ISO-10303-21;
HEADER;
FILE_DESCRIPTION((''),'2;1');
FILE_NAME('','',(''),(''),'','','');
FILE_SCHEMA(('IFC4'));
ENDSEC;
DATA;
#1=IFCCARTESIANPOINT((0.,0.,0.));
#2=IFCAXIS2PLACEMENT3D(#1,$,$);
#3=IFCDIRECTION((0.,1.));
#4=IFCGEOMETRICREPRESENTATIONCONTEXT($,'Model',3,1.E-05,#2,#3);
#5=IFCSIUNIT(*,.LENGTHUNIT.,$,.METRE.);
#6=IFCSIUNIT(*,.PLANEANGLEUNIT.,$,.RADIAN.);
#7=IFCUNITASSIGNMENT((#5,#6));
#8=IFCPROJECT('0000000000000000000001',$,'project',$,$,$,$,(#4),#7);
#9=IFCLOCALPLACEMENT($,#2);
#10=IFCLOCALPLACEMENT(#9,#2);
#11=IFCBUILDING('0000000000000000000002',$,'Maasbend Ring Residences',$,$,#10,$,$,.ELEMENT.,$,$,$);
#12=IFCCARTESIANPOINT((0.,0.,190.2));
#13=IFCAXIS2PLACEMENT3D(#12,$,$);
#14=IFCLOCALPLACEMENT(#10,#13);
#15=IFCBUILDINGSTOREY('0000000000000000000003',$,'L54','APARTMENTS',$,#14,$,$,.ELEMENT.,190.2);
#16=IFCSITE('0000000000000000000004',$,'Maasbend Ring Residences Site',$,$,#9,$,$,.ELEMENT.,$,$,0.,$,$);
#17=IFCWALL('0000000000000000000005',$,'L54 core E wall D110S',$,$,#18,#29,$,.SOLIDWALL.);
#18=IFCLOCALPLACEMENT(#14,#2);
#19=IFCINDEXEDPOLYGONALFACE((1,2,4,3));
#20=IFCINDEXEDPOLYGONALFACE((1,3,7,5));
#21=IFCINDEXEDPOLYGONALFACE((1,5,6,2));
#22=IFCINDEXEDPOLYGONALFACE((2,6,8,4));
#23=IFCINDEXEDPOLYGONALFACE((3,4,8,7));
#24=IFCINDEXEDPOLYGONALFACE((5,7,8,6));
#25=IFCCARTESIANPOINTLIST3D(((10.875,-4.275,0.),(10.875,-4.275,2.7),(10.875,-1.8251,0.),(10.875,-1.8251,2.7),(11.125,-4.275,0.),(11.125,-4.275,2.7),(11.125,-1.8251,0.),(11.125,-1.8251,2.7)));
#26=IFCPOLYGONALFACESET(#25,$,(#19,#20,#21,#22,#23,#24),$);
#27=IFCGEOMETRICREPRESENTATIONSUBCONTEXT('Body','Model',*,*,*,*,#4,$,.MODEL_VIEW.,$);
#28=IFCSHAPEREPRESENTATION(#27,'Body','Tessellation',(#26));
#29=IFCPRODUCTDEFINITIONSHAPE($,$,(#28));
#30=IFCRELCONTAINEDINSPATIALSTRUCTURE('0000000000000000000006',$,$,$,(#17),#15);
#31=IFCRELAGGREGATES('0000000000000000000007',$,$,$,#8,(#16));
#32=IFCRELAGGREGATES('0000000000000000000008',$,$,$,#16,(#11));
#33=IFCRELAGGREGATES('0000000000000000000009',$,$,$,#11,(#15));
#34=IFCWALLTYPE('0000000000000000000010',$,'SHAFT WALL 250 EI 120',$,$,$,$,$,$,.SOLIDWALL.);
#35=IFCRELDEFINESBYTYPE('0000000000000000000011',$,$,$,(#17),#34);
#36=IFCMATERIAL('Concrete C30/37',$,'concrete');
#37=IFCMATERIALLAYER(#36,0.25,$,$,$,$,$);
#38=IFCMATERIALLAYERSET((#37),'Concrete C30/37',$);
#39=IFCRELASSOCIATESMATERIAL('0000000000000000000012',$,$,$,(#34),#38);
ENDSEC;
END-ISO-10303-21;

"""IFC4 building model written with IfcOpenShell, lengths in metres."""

from ifc_helpers import new_model, si_unit, direction, frame, frame_2d, origin, place, context, subcontext, project, spatial, rectangle, extrude, material, layer, layer_set, type_object, element, save


model = new_model("IFC4")

# Units and contexts
model_context = context("Model", 3, precision=1e-05, world=origin(), true_north=direction((0.0, 1.0)))
body_context = subcontext(model_context, "Body", "Model", "MODEL_VIEW")
ifc_project = project(units=[si_unit("LENGTHUNIT", "METRE"), si_unit("PLANEANGLEUNIT", "RADIAN")], contexts=[model_context])

# Site, building, storey
site_placement = place(None, origin())
site = spatial("IfcSite", under=ifc_project, at=site_placement, Name="Maasbend Ring Residences Site", CompositionType="ELEMENT", RefElevation=0.0)
building_placement = place(site_placement, origin())
building = spatial("IfcBuilding", under=site, at=building_placement, Name="Maasbend Ring Residences", CompositionType="ELEMENT")
storey_placement = place(building_placement, frame((0.0, 0.0, 190.2)))
storey = spatial("IfcBuildingStorey", under=building, at=storey_placement, Name="L54", Description="APARTMENTS", CompositionType="ELEMENT", Elevation=190.2)

# Wall
ifc_material_1 = material(Name="Concrete C30/37", Category="concrete")
ifc_layer_1 = layer(ifc_material_1, 0.25)
ifc_layer_set_1 = layer_set([ifc_layer_1], Name="Concrete C30/37")
wall_type_1 = type_object("IfcWallType", Name="SHAFT WALL 250 EI 120", PredefinedType="SOLIDWALL", material=ifc_layer_set_1)
wall_1_placement = place(storey_placement, frame((11.0, -1.825, 0.0), z_axis=(0.0, 0.0, 1.0), x_axis=(0.0, -1.0, 0.0)))
element("IfcWall", 1, at=wall_1_placement, inside=storey, type_object=wall_type_1, Name="L54 core E wall D110S", PredefinedType="SOLIDWALL", context=body_context, shape_type="SweptSolid", body=[
    extrude(rectangle(XDim=2.45, YDim=0.25, at=frame_2d((1.2251, 0.0))), origin(), (0.0, 0.0, 1.0), 2.7),
])

save(model, "model.ifc")
